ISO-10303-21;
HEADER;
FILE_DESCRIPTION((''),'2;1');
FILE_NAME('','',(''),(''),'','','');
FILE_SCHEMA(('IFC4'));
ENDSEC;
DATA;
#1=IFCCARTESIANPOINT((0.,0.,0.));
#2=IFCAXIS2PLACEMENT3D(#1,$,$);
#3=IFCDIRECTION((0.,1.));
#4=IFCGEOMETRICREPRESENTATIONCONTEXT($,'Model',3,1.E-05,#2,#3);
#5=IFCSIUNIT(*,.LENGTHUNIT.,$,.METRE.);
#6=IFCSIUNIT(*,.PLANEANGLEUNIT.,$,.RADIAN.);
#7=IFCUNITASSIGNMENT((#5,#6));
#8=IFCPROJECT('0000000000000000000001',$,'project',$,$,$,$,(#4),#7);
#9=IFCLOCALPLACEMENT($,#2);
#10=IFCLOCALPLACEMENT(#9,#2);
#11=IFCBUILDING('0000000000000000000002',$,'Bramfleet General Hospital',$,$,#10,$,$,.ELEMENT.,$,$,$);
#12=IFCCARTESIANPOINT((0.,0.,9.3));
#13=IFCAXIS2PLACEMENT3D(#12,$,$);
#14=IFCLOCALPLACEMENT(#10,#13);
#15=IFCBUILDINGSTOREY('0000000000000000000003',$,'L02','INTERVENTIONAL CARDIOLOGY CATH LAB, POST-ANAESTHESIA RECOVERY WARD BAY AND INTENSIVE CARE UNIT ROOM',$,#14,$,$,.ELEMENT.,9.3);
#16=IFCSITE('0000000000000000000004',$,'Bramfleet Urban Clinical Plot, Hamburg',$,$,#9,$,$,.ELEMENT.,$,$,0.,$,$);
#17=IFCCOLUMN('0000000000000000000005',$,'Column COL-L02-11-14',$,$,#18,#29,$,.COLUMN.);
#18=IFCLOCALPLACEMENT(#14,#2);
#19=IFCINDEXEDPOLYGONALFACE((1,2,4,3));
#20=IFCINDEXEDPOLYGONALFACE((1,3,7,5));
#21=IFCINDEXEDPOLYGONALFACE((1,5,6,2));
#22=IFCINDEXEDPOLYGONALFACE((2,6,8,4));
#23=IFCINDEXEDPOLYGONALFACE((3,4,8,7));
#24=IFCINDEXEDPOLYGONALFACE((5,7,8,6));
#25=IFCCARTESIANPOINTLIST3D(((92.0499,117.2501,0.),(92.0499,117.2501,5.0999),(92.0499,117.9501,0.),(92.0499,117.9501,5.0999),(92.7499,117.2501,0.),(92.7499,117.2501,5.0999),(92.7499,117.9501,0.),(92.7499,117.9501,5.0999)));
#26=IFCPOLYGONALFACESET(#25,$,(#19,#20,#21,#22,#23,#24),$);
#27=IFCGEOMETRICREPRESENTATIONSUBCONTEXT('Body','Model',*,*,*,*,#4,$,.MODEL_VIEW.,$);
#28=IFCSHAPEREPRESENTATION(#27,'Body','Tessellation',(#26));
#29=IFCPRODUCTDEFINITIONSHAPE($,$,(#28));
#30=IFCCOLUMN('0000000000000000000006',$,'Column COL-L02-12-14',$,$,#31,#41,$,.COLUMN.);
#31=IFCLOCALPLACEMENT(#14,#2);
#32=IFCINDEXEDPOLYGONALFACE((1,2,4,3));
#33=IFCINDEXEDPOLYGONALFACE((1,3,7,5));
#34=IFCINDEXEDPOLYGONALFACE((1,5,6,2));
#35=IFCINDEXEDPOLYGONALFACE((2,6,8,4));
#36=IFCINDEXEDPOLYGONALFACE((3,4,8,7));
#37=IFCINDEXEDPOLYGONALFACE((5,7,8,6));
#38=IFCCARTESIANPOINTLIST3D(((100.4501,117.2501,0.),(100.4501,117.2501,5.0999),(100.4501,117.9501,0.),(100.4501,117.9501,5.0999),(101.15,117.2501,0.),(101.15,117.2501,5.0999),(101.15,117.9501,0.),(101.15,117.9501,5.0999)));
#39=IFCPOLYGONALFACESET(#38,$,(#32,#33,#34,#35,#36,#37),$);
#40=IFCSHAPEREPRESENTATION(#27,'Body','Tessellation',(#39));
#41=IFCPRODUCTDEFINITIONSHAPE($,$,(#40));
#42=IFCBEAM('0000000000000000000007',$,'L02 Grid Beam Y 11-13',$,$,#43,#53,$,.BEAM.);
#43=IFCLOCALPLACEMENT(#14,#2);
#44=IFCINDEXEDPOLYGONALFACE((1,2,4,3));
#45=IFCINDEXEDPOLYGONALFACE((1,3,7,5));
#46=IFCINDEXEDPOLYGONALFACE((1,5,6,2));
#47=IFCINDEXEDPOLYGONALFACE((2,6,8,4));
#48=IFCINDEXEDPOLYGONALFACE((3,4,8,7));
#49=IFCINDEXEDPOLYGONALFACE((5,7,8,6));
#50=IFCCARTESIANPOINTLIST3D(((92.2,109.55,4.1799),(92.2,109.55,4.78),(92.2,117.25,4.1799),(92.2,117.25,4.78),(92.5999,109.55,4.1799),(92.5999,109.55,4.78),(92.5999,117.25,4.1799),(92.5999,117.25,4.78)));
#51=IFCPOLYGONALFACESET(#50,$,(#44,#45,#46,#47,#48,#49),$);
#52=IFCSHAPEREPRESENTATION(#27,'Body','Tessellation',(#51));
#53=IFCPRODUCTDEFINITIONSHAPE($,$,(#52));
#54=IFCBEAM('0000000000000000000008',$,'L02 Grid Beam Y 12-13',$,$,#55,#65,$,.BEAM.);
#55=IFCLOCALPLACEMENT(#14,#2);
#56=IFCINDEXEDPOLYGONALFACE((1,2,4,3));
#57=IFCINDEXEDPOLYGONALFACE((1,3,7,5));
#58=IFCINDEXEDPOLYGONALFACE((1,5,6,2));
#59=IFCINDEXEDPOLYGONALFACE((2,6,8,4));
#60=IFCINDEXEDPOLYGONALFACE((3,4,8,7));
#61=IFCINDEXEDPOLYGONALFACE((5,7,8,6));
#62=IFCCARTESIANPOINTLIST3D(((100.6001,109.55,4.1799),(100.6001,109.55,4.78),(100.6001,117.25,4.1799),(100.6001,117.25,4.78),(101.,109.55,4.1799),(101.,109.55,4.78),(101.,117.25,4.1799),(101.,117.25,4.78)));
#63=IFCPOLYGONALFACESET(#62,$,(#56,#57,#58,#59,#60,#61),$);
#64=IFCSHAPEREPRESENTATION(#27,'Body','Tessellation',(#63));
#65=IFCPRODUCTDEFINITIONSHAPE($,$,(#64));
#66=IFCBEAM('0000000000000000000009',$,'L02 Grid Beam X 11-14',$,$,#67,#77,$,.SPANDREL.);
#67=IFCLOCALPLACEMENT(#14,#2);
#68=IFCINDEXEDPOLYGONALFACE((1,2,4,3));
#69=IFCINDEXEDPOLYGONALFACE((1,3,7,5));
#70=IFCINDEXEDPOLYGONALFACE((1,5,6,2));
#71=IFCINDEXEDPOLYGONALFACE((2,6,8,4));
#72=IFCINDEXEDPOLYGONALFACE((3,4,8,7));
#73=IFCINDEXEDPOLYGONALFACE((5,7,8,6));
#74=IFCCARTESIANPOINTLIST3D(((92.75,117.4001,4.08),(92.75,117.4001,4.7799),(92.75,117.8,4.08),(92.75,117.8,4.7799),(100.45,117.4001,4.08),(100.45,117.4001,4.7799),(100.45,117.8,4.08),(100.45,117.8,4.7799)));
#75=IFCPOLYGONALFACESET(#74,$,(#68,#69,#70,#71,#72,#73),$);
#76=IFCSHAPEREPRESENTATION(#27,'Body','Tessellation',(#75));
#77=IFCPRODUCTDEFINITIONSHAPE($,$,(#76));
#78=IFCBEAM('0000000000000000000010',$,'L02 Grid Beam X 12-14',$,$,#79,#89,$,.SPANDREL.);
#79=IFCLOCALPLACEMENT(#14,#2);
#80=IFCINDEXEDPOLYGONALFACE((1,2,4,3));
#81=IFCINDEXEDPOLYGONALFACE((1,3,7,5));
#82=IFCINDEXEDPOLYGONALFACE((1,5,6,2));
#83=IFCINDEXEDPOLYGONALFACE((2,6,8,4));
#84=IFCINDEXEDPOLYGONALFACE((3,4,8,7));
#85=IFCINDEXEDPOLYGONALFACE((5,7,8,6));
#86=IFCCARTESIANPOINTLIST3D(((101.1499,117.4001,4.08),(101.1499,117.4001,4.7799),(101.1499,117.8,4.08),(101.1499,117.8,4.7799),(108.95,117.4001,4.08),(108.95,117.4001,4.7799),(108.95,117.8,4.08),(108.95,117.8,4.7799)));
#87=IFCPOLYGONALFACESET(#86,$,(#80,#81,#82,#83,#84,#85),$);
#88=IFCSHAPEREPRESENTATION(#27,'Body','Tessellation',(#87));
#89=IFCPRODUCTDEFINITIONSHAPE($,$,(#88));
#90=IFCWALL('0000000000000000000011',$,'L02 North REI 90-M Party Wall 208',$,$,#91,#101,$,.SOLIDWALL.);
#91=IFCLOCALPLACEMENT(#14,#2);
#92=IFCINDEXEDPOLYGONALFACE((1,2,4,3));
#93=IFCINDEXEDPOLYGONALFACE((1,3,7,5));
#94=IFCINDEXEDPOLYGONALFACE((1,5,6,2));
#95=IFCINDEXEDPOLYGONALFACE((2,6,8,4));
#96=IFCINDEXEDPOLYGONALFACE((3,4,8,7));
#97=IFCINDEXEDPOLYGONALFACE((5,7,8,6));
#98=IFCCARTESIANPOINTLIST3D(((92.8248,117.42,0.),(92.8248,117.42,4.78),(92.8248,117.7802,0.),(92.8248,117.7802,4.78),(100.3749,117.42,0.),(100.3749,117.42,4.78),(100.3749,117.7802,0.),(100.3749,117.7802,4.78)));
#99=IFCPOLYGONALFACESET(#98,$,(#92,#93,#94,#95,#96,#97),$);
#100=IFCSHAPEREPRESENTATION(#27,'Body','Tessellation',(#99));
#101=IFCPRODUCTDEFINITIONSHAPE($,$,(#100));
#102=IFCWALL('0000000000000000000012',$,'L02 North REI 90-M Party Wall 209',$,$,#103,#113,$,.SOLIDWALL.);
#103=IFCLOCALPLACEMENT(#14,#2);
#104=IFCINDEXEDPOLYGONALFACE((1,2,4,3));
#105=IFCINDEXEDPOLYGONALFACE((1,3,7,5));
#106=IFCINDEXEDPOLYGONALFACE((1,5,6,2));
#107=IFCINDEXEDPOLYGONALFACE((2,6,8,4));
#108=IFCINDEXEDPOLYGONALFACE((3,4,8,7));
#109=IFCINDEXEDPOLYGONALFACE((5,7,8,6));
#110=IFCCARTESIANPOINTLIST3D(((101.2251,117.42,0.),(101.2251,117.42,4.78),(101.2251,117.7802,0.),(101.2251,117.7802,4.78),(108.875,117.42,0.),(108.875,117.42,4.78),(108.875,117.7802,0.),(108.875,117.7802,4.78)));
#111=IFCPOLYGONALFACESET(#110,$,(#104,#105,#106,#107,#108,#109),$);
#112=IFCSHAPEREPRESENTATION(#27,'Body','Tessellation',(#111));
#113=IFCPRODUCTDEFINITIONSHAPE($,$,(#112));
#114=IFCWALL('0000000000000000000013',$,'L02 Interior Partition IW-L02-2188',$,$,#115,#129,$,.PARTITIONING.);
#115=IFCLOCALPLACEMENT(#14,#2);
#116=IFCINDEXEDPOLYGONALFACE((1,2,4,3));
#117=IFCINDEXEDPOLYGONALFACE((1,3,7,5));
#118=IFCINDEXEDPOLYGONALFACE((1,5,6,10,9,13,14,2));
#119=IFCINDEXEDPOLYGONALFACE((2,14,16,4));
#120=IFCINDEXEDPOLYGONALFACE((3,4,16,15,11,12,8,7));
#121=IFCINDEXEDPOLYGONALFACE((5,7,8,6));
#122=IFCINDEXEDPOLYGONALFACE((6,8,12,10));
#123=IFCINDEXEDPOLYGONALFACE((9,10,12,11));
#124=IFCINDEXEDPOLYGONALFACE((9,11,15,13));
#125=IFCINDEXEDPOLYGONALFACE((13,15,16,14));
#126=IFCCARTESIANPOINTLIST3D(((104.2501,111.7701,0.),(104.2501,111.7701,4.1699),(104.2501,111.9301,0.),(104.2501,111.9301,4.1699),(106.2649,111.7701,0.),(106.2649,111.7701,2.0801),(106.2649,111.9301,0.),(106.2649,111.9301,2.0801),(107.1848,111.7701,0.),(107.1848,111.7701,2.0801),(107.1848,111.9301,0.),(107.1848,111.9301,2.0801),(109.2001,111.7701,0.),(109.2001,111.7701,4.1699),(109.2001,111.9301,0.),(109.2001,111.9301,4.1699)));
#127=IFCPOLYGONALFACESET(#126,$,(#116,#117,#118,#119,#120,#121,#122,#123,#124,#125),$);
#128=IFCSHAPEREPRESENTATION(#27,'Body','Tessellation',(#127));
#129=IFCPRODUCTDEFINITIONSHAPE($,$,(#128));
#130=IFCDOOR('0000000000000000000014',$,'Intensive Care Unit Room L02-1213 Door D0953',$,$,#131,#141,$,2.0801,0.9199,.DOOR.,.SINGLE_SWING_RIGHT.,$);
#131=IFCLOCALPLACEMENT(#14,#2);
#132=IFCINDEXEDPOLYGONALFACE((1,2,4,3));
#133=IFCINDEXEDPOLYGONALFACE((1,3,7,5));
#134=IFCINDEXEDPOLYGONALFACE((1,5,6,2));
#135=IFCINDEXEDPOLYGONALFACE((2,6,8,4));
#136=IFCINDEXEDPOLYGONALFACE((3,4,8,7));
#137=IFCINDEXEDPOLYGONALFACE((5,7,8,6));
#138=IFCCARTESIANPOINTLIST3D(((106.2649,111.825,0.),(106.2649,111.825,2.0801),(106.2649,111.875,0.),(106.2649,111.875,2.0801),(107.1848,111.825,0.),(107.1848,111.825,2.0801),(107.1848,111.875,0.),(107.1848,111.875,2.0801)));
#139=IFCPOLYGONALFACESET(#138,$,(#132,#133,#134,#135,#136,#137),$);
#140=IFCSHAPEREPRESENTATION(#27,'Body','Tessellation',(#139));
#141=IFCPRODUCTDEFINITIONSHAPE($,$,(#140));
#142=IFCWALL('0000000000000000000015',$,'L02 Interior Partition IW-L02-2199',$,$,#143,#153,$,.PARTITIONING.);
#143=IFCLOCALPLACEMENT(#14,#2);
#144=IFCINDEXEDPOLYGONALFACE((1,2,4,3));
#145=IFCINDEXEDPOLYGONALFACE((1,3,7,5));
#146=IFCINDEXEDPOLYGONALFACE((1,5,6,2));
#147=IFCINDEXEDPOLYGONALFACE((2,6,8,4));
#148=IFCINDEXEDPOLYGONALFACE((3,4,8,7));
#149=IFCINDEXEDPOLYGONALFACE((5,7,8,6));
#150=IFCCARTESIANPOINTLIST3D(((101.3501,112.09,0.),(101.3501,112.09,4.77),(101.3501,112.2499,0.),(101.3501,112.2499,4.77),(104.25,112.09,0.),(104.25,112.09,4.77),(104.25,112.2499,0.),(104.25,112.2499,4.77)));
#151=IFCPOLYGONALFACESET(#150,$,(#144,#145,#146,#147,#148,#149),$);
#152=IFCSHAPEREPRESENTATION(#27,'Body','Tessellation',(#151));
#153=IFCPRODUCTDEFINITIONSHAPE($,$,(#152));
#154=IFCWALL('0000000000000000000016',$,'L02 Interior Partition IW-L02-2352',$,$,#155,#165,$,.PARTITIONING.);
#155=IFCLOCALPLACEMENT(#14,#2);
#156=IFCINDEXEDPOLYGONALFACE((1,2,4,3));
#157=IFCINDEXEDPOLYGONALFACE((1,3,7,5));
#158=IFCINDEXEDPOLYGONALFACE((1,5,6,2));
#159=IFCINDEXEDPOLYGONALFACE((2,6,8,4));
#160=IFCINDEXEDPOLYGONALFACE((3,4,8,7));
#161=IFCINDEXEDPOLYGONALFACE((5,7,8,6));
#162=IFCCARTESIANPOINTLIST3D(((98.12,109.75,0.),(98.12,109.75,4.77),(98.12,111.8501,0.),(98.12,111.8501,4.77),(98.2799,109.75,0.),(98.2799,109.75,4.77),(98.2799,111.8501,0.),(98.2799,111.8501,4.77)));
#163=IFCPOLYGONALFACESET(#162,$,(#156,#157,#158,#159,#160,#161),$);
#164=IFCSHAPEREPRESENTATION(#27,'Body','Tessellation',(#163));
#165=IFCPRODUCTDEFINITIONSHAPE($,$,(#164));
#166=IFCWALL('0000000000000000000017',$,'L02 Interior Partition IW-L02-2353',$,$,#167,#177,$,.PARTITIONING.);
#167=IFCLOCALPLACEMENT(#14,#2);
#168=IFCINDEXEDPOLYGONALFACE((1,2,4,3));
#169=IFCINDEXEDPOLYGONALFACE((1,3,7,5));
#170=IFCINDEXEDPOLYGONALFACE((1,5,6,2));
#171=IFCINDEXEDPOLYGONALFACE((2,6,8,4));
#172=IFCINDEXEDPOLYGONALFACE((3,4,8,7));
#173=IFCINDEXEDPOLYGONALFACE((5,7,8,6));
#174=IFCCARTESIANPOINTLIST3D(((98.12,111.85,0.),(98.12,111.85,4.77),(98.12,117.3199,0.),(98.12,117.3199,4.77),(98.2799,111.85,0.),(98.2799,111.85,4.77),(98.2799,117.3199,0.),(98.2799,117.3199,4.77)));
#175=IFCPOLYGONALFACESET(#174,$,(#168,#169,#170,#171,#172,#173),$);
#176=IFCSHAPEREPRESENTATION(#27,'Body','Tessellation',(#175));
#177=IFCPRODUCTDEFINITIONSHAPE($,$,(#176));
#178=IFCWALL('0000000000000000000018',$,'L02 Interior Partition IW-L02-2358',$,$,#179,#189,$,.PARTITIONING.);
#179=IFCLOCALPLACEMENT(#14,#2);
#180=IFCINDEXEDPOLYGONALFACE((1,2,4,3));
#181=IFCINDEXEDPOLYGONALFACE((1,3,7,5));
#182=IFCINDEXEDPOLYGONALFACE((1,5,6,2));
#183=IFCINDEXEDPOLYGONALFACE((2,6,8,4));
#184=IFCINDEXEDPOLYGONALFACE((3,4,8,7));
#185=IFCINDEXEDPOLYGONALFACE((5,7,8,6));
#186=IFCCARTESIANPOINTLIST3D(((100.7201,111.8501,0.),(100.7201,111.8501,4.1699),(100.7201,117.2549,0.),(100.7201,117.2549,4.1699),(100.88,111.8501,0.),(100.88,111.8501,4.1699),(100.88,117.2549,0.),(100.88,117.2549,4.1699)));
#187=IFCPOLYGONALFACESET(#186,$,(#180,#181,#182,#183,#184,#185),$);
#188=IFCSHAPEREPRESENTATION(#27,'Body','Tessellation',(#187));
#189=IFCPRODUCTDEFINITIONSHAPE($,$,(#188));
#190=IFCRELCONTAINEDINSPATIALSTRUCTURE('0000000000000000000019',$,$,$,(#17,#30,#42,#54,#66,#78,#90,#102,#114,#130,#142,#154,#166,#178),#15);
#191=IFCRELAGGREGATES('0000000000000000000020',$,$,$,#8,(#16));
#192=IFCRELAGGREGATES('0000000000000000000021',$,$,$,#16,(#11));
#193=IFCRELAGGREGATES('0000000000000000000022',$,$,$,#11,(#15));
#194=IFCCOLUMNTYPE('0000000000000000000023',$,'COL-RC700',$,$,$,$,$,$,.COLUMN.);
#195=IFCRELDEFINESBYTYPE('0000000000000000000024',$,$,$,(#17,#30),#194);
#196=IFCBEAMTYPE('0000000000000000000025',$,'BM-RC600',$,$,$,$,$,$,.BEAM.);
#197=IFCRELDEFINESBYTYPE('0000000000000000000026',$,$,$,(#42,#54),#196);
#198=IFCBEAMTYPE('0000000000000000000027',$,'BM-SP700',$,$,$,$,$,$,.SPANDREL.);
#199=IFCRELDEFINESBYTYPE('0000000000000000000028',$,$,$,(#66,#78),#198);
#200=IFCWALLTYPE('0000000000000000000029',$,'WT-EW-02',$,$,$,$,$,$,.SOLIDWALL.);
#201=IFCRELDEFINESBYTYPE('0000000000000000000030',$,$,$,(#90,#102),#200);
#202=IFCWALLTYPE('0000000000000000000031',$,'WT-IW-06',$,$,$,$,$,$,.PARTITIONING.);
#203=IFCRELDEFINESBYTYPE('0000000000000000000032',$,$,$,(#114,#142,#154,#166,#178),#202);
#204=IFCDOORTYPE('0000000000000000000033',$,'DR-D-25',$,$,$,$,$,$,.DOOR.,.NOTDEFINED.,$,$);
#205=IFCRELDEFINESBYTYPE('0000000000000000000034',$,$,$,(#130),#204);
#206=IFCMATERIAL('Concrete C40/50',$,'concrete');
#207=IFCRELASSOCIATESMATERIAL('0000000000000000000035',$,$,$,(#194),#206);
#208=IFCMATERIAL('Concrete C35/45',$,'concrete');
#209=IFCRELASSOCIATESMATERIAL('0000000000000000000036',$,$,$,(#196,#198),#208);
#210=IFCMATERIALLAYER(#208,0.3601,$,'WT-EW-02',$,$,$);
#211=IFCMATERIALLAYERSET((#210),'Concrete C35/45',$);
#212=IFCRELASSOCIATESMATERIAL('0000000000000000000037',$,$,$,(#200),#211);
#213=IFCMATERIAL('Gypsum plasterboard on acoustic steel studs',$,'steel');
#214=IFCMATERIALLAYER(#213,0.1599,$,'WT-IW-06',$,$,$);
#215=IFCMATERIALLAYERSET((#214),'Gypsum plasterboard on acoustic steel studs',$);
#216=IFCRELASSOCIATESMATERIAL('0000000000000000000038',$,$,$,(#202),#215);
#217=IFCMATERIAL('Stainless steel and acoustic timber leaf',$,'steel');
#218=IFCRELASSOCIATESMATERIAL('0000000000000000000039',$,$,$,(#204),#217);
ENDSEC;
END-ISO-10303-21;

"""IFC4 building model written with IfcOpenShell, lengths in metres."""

from ifc_helpers import new_model, si_unit, direction, frame, frame_2d, origin, origin_2d, place, context, subcontext, project, spatial, rectangle, extrude, material, layer, layer_set, material_profile, profile_set, type_object, element, fill, save


model = new_model("IFC4")

# Units and contexts
model_context = context("Model", 3, precision=1e-05, world=origin(), true_north=direction((0.0, 1.0)))
body_context = subcontext(model_context, "Body", "Model", "MODEL_VIEW")
ifc_project = project(units=[si_unit("LENGTHUNIT", "METRE"), si_unit("PLANEANGLEUNIT", "RADIAN")], contexts=[model_context])

# Site, building, storey
site_placement = place(None, origin())
site = spatial("IfcSite", under=ifc_project, at=site_placement, Name="Bramfleet Urban Clinical Plot, Hamburg", CompositionType="ELEMENT", RefElevation=0.0)
building_placement = place(site_placement, origin())
building = spatial("IfcBuilding", under=site, at=building_placement, Name="Bramfleet General Hospital", CompositionType="ELEMENT")
storey_placement = place(building_placement, frame((0.0, 0.0, 9.3)))
storey = spatial("IfcBuildingStorey", under=building, at=storey_placement, Name="L02", Description="INTERVENTIONAL CARDIOLOGY CATH LAB, POST-ANAESTHESIA RECOVERY WARD BAY AND INTENSIVE CARE UNIT ROOM", CompositionType="ELEMENT", Elevation=9.3)

# Columns
ifc_material_1 = material(Name="Concrete C40/50", Category="concrete")
ifc_material_profile_1 = material_profile(ifc_material_1, rectangle(XDim=0.7, YDim=0.7, at=origin_2d()), Name="RC COL 700x700")
ifc_profile_set_1 = profile_set([ifc_material_profile_1], Name="Concrete C40/50")
column_type = type_object("IfcColumnType", Name="COL-RC700", PredefinedType="COLUMN", material=ifc_profile_set_1)
for number, where, z_axis, x_axis, name in (
    (1, (92.3999, 117.6001, 0.0), (0.0, 0.0, 1.0), (1.0, 0.0, 0.0), "Column COL-L02-11-14"),
    (2, (100.8, 117.6001, 0.0), (0.0, 0.0, 1.0), (1.0, 0.0, 0.0), "Column COL-L02-12-14"),
):
    element("IfcColumn", number, at=place(storey_placement, frame(where, z_axis=z_axis, x_axis=x_axis)), inside=storey, type_object=column_type, Name=name, PredefinedType="COLUMN", context=body_context, shape_type="SweptSolid", body=[
        extrude(rectangle(XDim=0.7, YDim=0.7, at=origin_2d()), origin(), (0.0, 0.0, 1.0), 5.0999),
    ])

# Beams
ifc_material_2 = material(Name="Concrete C35/45", Category="concrete")
ifc_material_profile_2 = material_profile(ifc_material_2, rectangle(XDim=0.3999, YDim=0.6001, at=origin_2d()), Name="RC BM 600x400")
ifc_profile_set_2 = profile_set([ifc_material_profile_2], Name="Concrete C35/45")
beam_type_1 = type_object("IfcBeamType", Name="BM-RC600", PredefinedType="BEAM", material=ifc_profile_set_2)
for number, where, z_axis, x_axis, name in (
    (3, (92.3999, 109.55, 4.48), (0.0, 1.0, 0.0), (-1.0, 0.0, 0.0), "L02 Grid Beam Y 11-13"),
    (4, (100.8, 109.55, 4.48), (0.0, 1.0, 0.0), (-1.0, 0.0, 0.0), "L02 Grid Beam Y 12-13"),
):
    element("IfcBeam", number, at=place(storey_placement, frame(where, z_axis=z_axis, x_axis=x_axis)), inside=storey, type_object=beam_type_1, Name=name, PredefinedType="BEAM", context=body_context, shape_type="SweptSolid", body=[
        extrude(rectangle(XDim=0.3999, YDim=0.6001, at=origin_2d()), origin(), (0.0, 0.0, 1.0), 7.7),
    ])
ifc_material_profile_3 = material_profile(ifc_material_2, rectangle(XDim=0.3999, YDim=0.7, at=origin_2d()), Name="RC SP 700x400")
ifc_profile_set_3 = profile_set([ifc_material_profile_3], Name="Concrete C35/45")
beam_type_2 = type_object("IfcBeamType", Name="BM-SP700", PredefinedType="SPANDREL", material=ifc_profile_set_3)
beam_1_placement = place(storey_placement, frame((92.75, 117.6001, 4.4299), z_axis=(1.0, 0.0, 0.0), x_axis=(0.0, 1.0, 0.0)))
element("IfcBeam", 5, at=beam_1_placement, inside=storey, type_object=beam_type_2, Name="L02 Grid Beam X 11-14", PredefinedType="SPANDREL", context=body_context, shape_type="SweptSolid", body=[
    extrude(rectangle(XDim=0.3999, YDim=0.7, at=origin_2d()), origin(), (0.0, 0.0, 1.0), 7.7),
])
beam_2_placement = place(storey_placement, frame((101.1499, 117.6001, 4.4299), z_axis=(1.0, 0.0, 0.0), x_axis=(0.0, 1.0, 0.0)))
element("IfcBeam", 6, at=beam_2_placement, inside=storey, type_object=beam_type_2, Name="L02 Grid Beam X 12-14", PredefinedType="SPANDREL", context=body_context, shape_type="SweptSolid", body=[
    extrude(rectangle(XDim=0.3999, YDim=0.7, at=origin_2d()), origin(), (0.0, 0.0, 1.0), 7.8),
])

# Walls
ifc_layer_1 = layer(ifc_material_2, 0.3601, Name="WT-EW-02")
ifc_layer_set_1 = layer_set([ifc_layer_1], Name="Concrete C35/45")
wall_type_1 = type_object("IfcWallType", Name="WT-EW-02", PredefinedType="SOLIDWALL", material=ifc_layer_set_1)
wall_1_placement = place(storey_placement, frame((92.825, 117.6001, 0.0), z_axis=(0.0, 0.0, 1.0), x_axis=(1.0, 0.0, 0.0)))
element("IfcWall", 7, at=wall_1_placement, inside=storey, type_object=wall_type_1, Name="L02 North REI 90-M Party Wall 208", PredefinedType="SOLIDWALL", context=body_context, shape_type="SweptSolid", body=[
    extrude(rectangle(XDim=7.55, YDim=0.3601, at=frame_2d((3.7749, 0.0))), origin(), (0.0, 0.0, 1.0), 4.78),
])
wall_2_placement = place(storey_placement, frame((101.2251, 117.6001, 0.0), z_axis=(0.0, 0.0, 1.0), x_axis=(1.0, 0.0, 0.0)))
element("IfcWall", 8, at=wall_2_placement, inside=storey, type_object=wall_type_1, Name="L02 North REI 90-M Party Wall 209", PredefinedType="SOLIDWALL", context=body_context, shape_type="SweptSolid", body=[
    extrude(rectangle(XDim=7.6499, YDim=0.3601, at=frame_2d((3.825, 0.0))), origin(), (0.0, 0.0, 1.0), 4.78),
])

# Wall, opening, door
ifc_material_3 = material(Name="Gypsum plasterboard on acoustic steel studs", Category="steel")
ifc_layer_2 = layer(ifc_material_3, 0.1599, Name="WT-IW-06")
ifc_layer_set_2 = layer_set([ifc_layer_2], Name="Gypsum plasterboard on acoustic steel studs")
wall_type_2 = type_object("IfcWallType", Name="WT-IW-06", PredefinedType="PARTITIONING", material=ifc_layer_set_2)
wall_3_placement = place(storey_placement, frame((104.25, 111.8501, 0.0), z_axis=(0.0, 0.0, 1.0), x_axis=(1.0, 0.0, 0.0)))
wall_3 = element("IfcWall", 9, at=wall_3_placement, inside=storey, type_object=wall_type_2, Name="L02 Interior Partition IW-L02-2188", PredefinedType="PARTITIONING", context=body_context, shape_type="SweptSolid", body=[
    extrude(rectangle(XDim=4.95, YDim=0.1599, at=frame_2d((2.4751, 0.0))), origin(), (0.0, 0.0, 1.0), 4.1699),
])
opening_1_placement = place(wall_3_placement, frame((2.0149, 0.0, 0.0)))
opening_1 = element("IfcOpeningElement", 10, at=opening_1_placement, cuts=wall_3, PredefinedType="OPENING", context=body_context, shape_type="SweptSolid", body=[
    extrude(rectangle(XDim=0.9199, YDim=2.0801, at=frame_2d((0.46, 1.04))), frame((0.0, 0.0898, 0.0), z_axis=(0.0, -1.0, 0.0), x_axis=(1.0, 0.0, 0.0)), (0.0, 0.0, 1.0), 0.1799),
])
ifc_material_4 = material(Name="Stainless steel and acoustic timber leaf", Category="steel")
door_type_1 = type_object("IfcDoorType", Name="DR-D-25", OperationType="NOTDEFINED", PredefinedType="DOOR", material=ifc_material_4)
door_1_placement = place(opening_1_placement, origin())
door_1 = element("IfcDoor", 11, at=door_1_placement, inside=storey, type_object=door_type_1, Name="Intensive Care Unit Room L02-1213 Door D0953", OperationType="SINGLE_SWING_RIGHT", OverallHeight=2.0801, OverallWidth=0.9199, PredefinedType="DOOR", context=body_context, shape_type="SweptSolid", body=[
    extrude(rectangle(XDim=0.9199, YDim=2.0801, at=frame_2d((0.46, 1.04))), frame((0.0, 0.0249, 0.0), z_axis=(0.0, -1.0, 0.0), x_axis=(1.0, 0.0, 0.0)), (0.0, 0.0, 1.0), 0.05),
])
fill(opening_1, door_1)

# Walls
wall_4_placement = place(storey_placement, frame((101.3501, 112.1699, 0.0), z_axis=(0.0, 0.0, 1.0), x_axis=(1.0, 0.0, 0.0)))
element("IfcWall", 12, at=wall_4_placement, inside=storey, type_object=wall_type_2, Name="L02 Interior Partition IW-L02-2199", PredefinedType="PARTITIONING", context=body_context, shape_type="SweptSolid", body=[
    extrude(rectangle(XDim=2.8999, YDim=0.1599, at=frame_2d((1.45, 0.0))), origin(), (0.0, 0.0, 1.0), 4.77),
])
wall_5_placement = place(storey_placement, frame((98.2, 109.75, 0.0), z_axis=(0.0, 0.0, 1.0), x_axis=(0.0, 1.0, 0.0)))
element("IfcWall", 13, at=wall_5_placement, inside=storey, type_object=wall_type_2, Name="L02 Interior Partition IW-L02-2352", PredefinedType="PARTITIONING", context=body_context, shape_type="SweptSolid", body=[
    extrude(rectangle(XDim=2.1001, YDim=0.1599, at=frame_2d((1.05, 0.0))), origin(), (0.0, 0.0, 1.0), 4.77),
])
wall_6_placement = place(storey_placement, frame((98.2, 111.8501, 0.0), z_axis=(0.0, 0.0, 1.0), x_axis=(0.0, 1.0, 0.0)))
element("IfcWall", 14, at=wall_6_placement, inside=storey, type_object=wall_type_2, Name="L02 Interior Partition IW-L02-2353", PredefinedType="PARTITIONING", context=body_context, shape_type="SweptSolid", body=[
    extrude(rectangle(XDim=5.47, YDim=0.1599, at=frame_2d((2.7349, 0.0))), origin(), (0.0, 0.0, 1.0), 4.77),
])
wall_7_placement = place(storey_placement, frame((100.8, 111.8501, 0.0), z_axis=(0.0, 0.0, 1.0), x_axis=(0.0, 1.0, 0.0)))
element("IfcWall", 15, at=wall_7_placement, inside=storey, type_object=wall_type_2, Name="L02 Interior Partition IW-L02-2358", PredefinedType="PARTITIONING", context=body_context, shape_type="SweptSolid", body=[
    extrude(rectangle(XDim=5.4048, YDim=0.1599, at=frame_2d((2.7024, 0.0))), origin(), (0.0, 0.0, 1.0), 4.1699),
])

save(model, "model.ifc")
